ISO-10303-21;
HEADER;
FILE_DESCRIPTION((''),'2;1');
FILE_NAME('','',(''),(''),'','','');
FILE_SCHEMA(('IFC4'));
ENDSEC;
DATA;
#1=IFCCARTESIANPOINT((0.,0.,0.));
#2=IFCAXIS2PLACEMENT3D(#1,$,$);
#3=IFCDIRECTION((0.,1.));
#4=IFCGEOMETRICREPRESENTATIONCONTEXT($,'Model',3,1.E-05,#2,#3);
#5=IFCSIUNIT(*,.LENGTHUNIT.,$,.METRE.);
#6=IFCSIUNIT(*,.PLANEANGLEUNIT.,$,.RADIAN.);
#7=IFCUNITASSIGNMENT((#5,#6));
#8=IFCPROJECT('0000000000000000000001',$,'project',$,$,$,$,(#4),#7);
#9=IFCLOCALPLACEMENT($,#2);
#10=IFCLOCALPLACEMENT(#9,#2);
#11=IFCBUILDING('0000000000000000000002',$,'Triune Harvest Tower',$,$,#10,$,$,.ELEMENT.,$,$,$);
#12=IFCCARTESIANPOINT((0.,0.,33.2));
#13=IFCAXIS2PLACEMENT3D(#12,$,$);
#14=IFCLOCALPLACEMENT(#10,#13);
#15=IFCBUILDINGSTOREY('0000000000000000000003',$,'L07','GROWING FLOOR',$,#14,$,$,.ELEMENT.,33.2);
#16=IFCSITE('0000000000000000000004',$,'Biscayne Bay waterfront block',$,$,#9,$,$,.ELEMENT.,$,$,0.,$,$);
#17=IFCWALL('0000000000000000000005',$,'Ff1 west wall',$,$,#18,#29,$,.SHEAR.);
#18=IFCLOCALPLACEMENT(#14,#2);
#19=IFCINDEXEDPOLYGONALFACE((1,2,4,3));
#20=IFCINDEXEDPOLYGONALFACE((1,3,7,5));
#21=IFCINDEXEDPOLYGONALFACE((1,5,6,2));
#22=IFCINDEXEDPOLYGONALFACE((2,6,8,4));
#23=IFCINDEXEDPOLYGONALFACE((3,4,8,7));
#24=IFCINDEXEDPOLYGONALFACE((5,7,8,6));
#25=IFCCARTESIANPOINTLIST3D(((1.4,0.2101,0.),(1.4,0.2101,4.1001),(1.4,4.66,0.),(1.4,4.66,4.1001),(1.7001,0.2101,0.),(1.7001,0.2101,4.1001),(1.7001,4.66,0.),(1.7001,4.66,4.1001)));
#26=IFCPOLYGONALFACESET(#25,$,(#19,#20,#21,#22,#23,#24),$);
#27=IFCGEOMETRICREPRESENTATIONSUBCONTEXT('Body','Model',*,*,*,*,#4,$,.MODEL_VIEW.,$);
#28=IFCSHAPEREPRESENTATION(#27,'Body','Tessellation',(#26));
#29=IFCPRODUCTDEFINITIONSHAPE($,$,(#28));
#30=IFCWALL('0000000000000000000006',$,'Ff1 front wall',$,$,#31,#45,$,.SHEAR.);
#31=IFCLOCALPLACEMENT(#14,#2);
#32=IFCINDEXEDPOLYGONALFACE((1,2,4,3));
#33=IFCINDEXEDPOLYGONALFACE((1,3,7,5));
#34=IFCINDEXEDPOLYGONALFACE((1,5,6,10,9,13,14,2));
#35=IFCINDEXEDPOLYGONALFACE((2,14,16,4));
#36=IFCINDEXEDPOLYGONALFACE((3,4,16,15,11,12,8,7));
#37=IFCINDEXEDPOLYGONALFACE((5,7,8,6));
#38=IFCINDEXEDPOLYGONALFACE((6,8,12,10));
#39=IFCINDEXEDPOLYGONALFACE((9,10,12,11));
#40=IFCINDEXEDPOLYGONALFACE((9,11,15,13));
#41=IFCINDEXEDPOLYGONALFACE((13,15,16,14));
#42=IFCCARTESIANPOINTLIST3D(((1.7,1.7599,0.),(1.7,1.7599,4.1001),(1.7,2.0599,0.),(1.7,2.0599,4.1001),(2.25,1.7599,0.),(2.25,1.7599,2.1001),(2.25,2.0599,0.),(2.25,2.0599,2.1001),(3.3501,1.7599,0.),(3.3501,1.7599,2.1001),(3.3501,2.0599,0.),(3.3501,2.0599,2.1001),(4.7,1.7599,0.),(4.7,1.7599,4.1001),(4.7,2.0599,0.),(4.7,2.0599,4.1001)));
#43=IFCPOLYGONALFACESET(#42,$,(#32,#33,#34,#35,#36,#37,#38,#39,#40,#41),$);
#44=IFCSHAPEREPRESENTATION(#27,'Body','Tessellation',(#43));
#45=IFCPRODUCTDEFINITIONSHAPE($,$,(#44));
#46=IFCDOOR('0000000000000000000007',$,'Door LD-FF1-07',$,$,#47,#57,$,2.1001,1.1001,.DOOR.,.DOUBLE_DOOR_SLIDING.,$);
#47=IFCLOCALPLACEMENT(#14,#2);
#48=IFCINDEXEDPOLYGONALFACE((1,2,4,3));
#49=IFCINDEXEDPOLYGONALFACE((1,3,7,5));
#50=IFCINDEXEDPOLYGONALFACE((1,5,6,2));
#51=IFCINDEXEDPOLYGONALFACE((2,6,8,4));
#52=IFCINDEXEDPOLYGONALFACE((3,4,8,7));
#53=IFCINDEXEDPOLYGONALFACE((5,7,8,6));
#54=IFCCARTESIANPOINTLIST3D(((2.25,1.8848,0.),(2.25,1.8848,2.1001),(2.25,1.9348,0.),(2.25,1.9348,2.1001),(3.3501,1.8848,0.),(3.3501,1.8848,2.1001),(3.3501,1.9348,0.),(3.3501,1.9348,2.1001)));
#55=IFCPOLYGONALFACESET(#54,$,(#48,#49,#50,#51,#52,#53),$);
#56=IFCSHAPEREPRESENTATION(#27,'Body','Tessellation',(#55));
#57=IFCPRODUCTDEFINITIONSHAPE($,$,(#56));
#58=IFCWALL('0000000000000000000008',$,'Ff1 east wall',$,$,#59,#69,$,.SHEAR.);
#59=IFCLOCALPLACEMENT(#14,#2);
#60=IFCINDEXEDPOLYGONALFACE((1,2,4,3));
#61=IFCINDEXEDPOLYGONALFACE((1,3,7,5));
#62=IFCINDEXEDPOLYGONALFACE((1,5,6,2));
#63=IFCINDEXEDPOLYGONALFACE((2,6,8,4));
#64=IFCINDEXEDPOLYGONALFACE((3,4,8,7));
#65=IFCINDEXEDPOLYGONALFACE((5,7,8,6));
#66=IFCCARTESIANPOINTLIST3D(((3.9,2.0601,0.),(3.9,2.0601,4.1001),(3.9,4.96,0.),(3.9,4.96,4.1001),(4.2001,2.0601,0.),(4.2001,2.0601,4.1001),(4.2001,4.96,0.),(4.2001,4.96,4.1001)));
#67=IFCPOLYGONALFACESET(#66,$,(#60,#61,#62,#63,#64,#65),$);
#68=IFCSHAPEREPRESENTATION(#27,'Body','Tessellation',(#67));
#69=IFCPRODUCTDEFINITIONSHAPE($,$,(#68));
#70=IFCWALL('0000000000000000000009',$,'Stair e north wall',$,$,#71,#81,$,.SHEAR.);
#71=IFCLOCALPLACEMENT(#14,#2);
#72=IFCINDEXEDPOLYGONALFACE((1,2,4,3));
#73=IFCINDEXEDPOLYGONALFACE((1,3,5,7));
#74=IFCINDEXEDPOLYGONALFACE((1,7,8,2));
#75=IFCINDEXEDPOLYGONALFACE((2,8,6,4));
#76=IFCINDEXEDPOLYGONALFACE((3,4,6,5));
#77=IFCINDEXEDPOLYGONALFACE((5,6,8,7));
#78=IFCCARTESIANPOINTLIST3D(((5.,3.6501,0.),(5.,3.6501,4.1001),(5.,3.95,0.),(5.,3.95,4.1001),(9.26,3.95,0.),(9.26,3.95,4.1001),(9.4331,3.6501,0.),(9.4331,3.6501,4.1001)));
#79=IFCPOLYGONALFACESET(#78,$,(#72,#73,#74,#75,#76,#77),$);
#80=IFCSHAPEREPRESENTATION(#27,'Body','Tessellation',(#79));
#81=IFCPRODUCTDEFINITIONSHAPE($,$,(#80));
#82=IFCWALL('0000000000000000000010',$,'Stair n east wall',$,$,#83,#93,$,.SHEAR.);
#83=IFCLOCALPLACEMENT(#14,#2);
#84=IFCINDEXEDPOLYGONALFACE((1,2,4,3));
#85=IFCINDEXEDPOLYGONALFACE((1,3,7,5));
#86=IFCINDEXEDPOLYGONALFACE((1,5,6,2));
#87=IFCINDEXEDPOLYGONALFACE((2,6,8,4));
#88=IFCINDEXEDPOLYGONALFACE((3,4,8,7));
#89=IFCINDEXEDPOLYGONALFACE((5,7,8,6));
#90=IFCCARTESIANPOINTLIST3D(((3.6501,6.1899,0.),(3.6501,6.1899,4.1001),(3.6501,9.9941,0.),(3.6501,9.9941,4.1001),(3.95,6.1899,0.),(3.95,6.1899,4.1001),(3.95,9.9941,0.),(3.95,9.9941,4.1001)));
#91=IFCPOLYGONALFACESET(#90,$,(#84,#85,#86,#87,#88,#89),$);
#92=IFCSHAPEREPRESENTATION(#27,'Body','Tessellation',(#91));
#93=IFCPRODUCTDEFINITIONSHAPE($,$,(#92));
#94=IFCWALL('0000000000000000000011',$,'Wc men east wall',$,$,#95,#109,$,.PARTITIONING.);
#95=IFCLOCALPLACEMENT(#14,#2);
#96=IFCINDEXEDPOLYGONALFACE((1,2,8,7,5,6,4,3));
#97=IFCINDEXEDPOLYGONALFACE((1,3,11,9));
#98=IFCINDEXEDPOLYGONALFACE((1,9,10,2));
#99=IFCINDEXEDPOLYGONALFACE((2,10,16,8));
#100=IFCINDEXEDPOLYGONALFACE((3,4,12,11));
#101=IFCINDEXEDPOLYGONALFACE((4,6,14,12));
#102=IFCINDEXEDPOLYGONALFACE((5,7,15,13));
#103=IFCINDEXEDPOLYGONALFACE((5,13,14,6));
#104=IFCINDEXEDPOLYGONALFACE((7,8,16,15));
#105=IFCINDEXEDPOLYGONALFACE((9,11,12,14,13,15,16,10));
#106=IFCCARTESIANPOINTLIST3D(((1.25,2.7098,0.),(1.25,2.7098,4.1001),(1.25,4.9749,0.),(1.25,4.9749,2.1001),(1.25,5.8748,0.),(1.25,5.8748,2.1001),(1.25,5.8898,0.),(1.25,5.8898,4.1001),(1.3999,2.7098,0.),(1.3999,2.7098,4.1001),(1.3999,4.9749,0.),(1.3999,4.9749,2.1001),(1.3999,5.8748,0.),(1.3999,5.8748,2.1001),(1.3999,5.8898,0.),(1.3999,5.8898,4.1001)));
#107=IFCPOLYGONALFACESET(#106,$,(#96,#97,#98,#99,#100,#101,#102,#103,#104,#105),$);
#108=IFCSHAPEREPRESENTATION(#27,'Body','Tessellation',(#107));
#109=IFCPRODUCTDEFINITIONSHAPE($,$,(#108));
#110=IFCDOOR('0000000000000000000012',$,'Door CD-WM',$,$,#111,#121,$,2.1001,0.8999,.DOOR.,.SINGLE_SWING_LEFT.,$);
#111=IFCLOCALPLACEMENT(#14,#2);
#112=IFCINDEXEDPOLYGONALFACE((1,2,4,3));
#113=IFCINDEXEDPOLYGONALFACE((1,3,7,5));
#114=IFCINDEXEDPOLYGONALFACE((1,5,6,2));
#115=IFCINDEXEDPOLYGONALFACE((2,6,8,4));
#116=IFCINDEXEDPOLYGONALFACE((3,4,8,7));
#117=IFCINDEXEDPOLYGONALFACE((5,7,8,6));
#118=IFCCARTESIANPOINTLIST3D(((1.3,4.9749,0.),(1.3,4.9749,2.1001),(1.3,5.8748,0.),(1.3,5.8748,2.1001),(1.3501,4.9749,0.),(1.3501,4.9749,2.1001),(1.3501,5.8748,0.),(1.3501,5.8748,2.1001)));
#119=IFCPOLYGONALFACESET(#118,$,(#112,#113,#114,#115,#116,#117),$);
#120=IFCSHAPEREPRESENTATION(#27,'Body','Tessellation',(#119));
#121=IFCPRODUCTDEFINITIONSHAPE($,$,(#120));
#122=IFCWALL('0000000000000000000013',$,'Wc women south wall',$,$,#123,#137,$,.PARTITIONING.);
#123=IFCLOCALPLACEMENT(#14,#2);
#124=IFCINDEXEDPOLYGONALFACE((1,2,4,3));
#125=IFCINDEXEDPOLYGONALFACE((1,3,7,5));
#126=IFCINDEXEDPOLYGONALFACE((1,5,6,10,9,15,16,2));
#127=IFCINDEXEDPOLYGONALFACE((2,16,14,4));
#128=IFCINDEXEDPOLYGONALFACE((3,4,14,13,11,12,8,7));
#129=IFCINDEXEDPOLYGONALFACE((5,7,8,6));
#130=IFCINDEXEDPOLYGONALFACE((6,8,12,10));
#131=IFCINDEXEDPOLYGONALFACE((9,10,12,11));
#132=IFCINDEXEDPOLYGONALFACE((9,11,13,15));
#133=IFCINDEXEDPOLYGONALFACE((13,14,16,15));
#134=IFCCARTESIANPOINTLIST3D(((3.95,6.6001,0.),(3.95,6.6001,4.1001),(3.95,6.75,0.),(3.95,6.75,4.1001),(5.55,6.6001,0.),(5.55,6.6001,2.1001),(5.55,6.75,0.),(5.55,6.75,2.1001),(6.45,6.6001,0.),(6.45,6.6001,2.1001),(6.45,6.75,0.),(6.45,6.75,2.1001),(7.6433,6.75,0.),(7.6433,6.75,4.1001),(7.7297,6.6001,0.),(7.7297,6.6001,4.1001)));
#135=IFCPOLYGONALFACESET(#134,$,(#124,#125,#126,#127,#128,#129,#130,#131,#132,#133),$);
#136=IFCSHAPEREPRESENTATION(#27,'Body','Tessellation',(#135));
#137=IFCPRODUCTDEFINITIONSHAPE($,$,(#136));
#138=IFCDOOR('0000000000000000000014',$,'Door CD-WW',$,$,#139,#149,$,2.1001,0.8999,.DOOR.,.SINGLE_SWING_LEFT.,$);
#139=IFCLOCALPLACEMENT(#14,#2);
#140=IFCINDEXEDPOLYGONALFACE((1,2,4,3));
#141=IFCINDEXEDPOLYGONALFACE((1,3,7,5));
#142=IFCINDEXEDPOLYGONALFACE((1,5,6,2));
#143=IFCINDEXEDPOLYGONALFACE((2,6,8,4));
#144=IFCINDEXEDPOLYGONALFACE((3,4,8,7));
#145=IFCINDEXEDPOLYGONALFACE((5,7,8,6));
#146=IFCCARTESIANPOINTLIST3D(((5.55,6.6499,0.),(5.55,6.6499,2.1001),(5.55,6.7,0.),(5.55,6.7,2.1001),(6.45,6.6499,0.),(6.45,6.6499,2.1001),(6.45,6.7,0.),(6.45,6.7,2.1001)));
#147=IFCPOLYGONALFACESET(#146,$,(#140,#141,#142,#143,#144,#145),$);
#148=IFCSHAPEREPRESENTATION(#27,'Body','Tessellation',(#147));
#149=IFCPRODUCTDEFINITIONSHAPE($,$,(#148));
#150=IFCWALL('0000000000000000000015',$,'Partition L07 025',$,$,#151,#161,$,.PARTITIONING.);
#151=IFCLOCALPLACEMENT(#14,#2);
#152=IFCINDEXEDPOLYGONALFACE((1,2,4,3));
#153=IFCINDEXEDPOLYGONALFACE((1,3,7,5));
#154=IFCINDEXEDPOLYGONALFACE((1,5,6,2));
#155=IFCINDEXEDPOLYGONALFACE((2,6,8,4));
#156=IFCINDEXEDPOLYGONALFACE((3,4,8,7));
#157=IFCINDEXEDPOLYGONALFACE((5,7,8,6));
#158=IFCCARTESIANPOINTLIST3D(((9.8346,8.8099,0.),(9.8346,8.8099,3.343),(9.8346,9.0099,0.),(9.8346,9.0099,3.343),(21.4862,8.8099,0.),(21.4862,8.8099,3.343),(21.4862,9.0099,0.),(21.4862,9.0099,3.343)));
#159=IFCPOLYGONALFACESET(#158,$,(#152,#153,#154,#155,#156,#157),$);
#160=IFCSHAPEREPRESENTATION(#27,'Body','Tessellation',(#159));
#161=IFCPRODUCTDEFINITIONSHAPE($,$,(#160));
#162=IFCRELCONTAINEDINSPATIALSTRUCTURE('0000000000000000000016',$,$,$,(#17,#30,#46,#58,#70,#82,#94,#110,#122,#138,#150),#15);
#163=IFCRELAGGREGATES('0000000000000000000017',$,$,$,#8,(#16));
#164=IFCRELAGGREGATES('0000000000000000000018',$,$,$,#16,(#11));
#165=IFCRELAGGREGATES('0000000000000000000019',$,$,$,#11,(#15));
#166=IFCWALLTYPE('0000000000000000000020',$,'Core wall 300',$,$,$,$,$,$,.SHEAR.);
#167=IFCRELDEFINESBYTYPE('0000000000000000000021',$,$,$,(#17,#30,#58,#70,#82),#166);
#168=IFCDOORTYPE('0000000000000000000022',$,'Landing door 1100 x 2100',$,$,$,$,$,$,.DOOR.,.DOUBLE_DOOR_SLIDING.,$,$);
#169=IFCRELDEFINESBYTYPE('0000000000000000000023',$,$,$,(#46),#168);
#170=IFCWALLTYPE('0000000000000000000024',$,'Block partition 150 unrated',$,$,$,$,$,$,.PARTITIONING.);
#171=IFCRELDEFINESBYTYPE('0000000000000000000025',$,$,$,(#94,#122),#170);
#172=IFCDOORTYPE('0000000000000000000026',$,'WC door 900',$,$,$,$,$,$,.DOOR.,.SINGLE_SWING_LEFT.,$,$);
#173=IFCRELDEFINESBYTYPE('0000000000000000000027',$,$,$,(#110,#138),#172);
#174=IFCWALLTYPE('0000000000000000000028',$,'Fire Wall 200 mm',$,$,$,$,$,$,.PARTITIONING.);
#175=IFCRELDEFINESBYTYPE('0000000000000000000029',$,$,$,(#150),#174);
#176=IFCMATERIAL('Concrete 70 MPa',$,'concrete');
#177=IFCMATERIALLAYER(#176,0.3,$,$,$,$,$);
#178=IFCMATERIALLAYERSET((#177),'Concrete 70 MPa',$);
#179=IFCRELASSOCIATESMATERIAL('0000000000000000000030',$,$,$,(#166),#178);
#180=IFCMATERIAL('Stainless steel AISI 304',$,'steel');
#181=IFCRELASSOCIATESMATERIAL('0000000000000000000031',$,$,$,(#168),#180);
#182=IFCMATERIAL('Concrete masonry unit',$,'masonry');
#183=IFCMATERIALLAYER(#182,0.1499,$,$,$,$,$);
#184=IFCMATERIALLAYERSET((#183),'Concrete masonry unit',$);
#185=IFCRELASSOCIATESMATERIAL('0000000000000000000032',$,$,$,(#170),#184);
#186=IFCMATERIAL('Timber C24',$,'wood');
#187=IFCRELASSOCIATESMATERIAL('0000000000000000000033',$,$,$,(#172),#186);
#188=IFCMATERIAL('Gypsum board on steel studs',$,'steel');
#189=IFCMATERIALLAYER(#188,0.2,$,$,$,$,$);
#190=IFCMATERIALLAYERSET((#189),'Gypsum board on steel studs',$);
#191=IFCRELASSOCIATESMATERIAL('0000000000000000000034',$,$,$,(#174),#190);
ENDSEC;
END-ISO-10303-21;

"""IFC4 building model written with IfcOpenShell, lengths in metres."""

from ifc_helpers import new_model, si_unit, direction, frame, frame_2d, origin, place, context, subcontext, project, spatial, polyline, rectangle, outline, extrude, source, transform, mapped, material, layer, layer_set, type_object, element, fill, save


model = new_model("IFC4")

# Units and contexts
model_context = context("Model", 3, precision=1e-05, world=origin(), true_north=direction((0.0, 1.0)))
body_context = subcontext(model_context, "Body", "Model", "MODEL_VIEW")
ifc_project = project(units=[si_unit("LENGTHUNIT", "METRE"), si_unit("PLANEANGLEUNIT", "RADIAN")], contexts=[model_context])

# Site, building, storey
site_placement = place(None, origin())
site = spatial("IfcSite", under=ifc_project, at=site_placement, Name="Biscayne Bay waterfront block", CompositionType="ELEMENT", RefElevation=0.0)
building_placement = place(site_placement, origin())
building = spatial("IfcBuilding", under=site, at=building_placement, Name="Triune Harvest Tower", CompositionType="ELEMENT")
storey_placement = place(building_placement, frame((0.0, 0.0, 33.2)))
storey = spatial("IfcBuildingStorey", under=building, at=storey_placement, Name="L07", Description="GROWING FLOOR", CompositionType="ELEMENT", Elevation=33.2)

# Wall
ifc_material_1 = material(Name="Concrete 70 MPa", Category="concrete")
ifc_layer_1 = layer(ifc_material_1, 0.3)
ifc_layer_set_1 = layer_set([ifc_layer_1], Name="Concrete 70 MPa")
wall_type_1 = type_object("IfcWallType", Name="Core wall 300", PredefinedType="SHEAR", material=ifc_layer_set_1)
shared_shape_1 = source(origin(), body_context, "Body", "SweptSolid", [
    extrude(rectangle(XDim=4.45, YDim=0.3, at=frame_2d((2.2251, 0.0))), origin(), (0.0, 0.0, 1.0), 4.1001),
])
wall_1_placement = place(storey_placement, frame((1.55, 0.21, 0.0), z_axis=(0.0, 0.0, 1.0), x_axis=(0.0, 1.0, 0.0)))
element("IfcWall", 1, at=wall_1_placement, inside=storey, type_object=wall_type_1, Name="Ff1 west wall", PredefinedType="SHEAR", context=body_context, shape_type="MappedRepresentation", body=[
    mapped(shared_shape_1, transform((0.0, 0.0, 0.0), scale=1.0)),
])

# Wall, opening, door
shared_shape_2 = source(origin(), body_context, "Body", "SweptSolid", [
    extrude(rectangle(XDim=3.0, YDim=0.3, at=frame_2d((1.5, 0.0))), origin(), (0.0, 0.0, 1.0), 4.1001),
])
wall_2_placement = place(storey_placement, frame((1.7, 1.9099, 0.0), z_axis=(0.0, 0.0, 1.0), x_axis=(1.0, 0.0, 0.0)))
wall_2 = element("IfcWall", 2, at=wall_2_placement, inside=storey, type_object=wall_type_1, Name="Ff1 front wall", PredefinedType="SHEAR", context=body_context, shape_type="MappedRepresentation", body=[
    mapped(shared_shape_2, transform((0.0, 0.0, 0.0), scale=1.0)),
])
opening_1_placement = place(wall_2_placement, frame((0.55, 0.0, 0.0)))
opening_1 = element("IfcOpeningElement", 3, at=opening_1_placement, cuts=wall_2, PredefinedType="OPENING", context=body_context, shape_type="SweptSolid", body=[
    extrude(rectangle(XDim=1.1001, YDim=2.1001, at=frame_2d((0.55, 1.05))), frame((0.0, 0.1602, 0.0), z_axis=(0.0, -1.0, 0.0), x_axis=(1.0, 0.0, 0.0)), (0.0, 0.0, 1.0), 0.3201),
])
ifc_material_2 = material(Name="Stainless steel AISI 304", Category="steel")
door_type_1 = type_object("IfcDoorType", Name="Landing door 1100 x 2100", OperationType="DOUBLE_DOOR_SLIDING", PredefinedType="DOOR", material=ifc_material_2)
door_1_placement = place(opening_1_placement, origin())
door_1 = element("IfcDoor", 4, at=door_1_placement, inside=storey, type_object=door_type_1, Name="Door LD-FF1-07", OperationType="DOUBLE_DOOR_SLIDING", OverallHeight=2.1001, OverallWidth=1.1001, PredefinedType="DOOR", context=body_context, shape_type="SweptSolid", body=[
    extrude(rectangle(XDim=1.1001, YDim=2.1001, at=frame_2d((0.55, 1.05))), frame((0.0, 0.0249, 0.0), z_axis=(0.0, -1.0, 0.0), x_axis=(1.0, 0.0, 0.0)), (0.0, 0.0, 1.0), 0.05),
])
fill(opening_1, door_1)

# Walls
shared_shape_3 = source(origin(), body_context, "Body", "SweptSolid", [
    extrude(rectangle(XDim=2.8999, YDim=0.3, at=frame_2d((1.45, 0.0))), origin(), (0.0, 0.0, 1.0), 4.1001),
])
wall_3_placement = place(storey_placement, frame((4.05, 2.0601, 0.0), z_axis=(0.0, 0.0, 1.0), x_axis=(0.0, 1.0, 0.0)))
element("IfcWall", 5, at=wall_3_placement, inside=storey, type_object=wall_type_1, Name="Ff1 east wall", PredefinedType="SHEAR", context=body_context, shape_type="MappedRepresentation", body=[
    mapped(shared_shape_3, transform((0.0, 0.0, 0.0), scale=1.0)),
])
shared_shape_4 = source(origin(), body_context, "Body", "SweptSolid", [
    extrude(outline(polyline([(0.0, -0.1499), (0.0, 0.1499), (4.26, 0.1499), (4.4331, -0.1499), (0.0, -0.1499)])), origin(), (0.0, 0.0, 1.0), 4.1001),
])
wall_4_placement = place(storey_placement, frame((5.0, 3.8, 0.0), z_axis=(0.0, 0.0, 1.0), x_axis=(1.0, 0.0, 0.0)))
element("IfcWall", 6, at=wall_4_placement, inside=storey, type_object=wall_type_1, Name="Stair e north wall", PredefinedType="SHEAR", context=body_context, shape_type="MappedRepresentation", body=[
    mapped(shared_shape_4, transform((0.0, 0.0, 0.0), scale=1.0)),
])
shared_shape_5 = source(origin(), body_context, "Body", "SweptSolid", [
    extrude(outline(polyline([(0.0, -0.1499), (0.0, 0.1499), (3.8042, 0.1499), (3.8042, -0.1499), (0.0, -0.1499)])), origin(), (0.0, 0.0, 1.0), 4.1001),
])
wall_5_placement = place(storey_placement, frame((3.8, 6.1899, 0.0), z_axis=(0.0, 0.0, 1.0), x_axis=(0.0, 1.0, 0.0)))
element("IfcWall", 7, at=wall_5_placement, inside=storey, type_object=wall_type_1, Name="Stair n east wall", PredefinedType="SHEAR", context=body_context, shape_type="MappedRepresentation", body=[
    mapped(shared_shape_5, transform((0.0, 0.0, 0.0), scale=1.0)),
])

# Walls, openings, doors
ifc_material_3 = material(Name="Concrete masonry unit", Category="masonry")
ifc_layer_2 = layer(ifc_material_3, 0.1499)
ifc_layer_set_2 = layer_set([ifc_layer_2], Name="Concrete masonry unit")
wall_type_2 = type_object("IfcWallType", Name="Block partition 150 unrated", PredefinedType="PARTITIONING", material=ifc_layer_set_2)
shared_shape_6 = source(origin(), body_context, "Body", "SweptSolid", [
    extrude(rectangle(XDim=3.1799, YDim=0.1499, at=frame_2d((1.5898, 0.0))), origin(), (0.0, 0.0, 1.0), 4.1001),
])
wall_6_placement = place(storey_placement, frame((1.325, 2.71, 0.0), z_axis=(0.0, 0.0, 1.0), x_axis=(0.0, 1.0, 0.0)))
wall_6 = element("IfcWall", 8, at=wall_6_placement, inside=storey, type_object=wall_type_2, Name="Wc men east wall", PredefinedType="PARTITIONING", context=body_context, shape_type="MappedRepresentation", body=[
    mapped(shared_shape_6, transform((0.0, 0.0, 0.0), scale=1.0)),
])
opening_2_placement = place(wall_6_placement, frame((2.2649, 0.0, 0.0)))
opening_2 = element("IfcOpeningElement", 9, at=opening_2_placement, cuts=wall_6, PredefinedType="OPENING", context=body_context, shape_type="SweptSolid", body=[
    extrude(rectangle(XDim=0.8999, YDim=2.1001, at=frame_2d((0.45, 1.05))), frame((0.0, 0.085, 0.0), z_axis=(0.0, -1.0, 0.0), x_axis=(1.0, 0.0, 0.0)), (0.0, 0.0, 1.0), 0.1699),
])
ifc_material_4 = material(Name="Timber C24", Category="wood")
door_type_2 = type_object("IfcDoorType", Name="WC door 900", OperationType="SINGLE_SWING_LEFT", PredefinedType="DOOR", material=ifc_material_4)
door_2_placement = place(opening_2_placement, origin())
door_2 = element("IfcDoor", 10, at=door_2_placement, inside=storey, type_object=door_type_2, Name="Door CD-WM", OperationType="SINGLE_SWING_LEFT", OverallHeight=2.1001, OverallWidth=0.8999, PredefinedType="DOOR", context=body_context, shape_type="SweptSolid", body=[
    extrude(rectangle(XDim=0.8999, YDim=2.1001, at=frame_2d((0.45, 1.05))), frame((0.0, 0.0249, 0.0), z_axis=(0.0, -1.0, 0.0), x_axis=(1.0, 0.0, 0.0)), (0.0, 0.0, 1.0), 0.05),
])
fill(opening_2, door_2)
shared_shape_7 = source(origin(), body_context, "Body", "SweptSolid", [
    extrude(outline(polyline([(0.0, -0.075), (0.0, 0.075), (3.6934, 0.075), (3.7798, -0.075), (0.0, -0.075)])), origin(), (0.0, 0.0, 1.0), 4.1001),
])
wall_7_placement = place(storey_placement, frame((3.95, 6.675, 0.0), z_axis=(0.0, 0.0, 1.0), x_axis=(1.0, 0.0, 0.0)))
wall_7 = element("IfcWall", 11, at=wall_7_placement, inside=storey, type_object=wall_type_2, Name="Wc women south wall", PredefinedType="PARTITIONING", context=body_context, shape_type="MappedRepresentation", body=[
    mapped(shared_shape_7, transform((0.0, 0.0, 0.0), scale=1.0)),
])
opening_3_placement = place(wall_7_placement, frame((1.6001, 0.0, 0.0)))
opening_3 = element("IfcOpeningElement", 12, at=opening_3_placement, cuts=wall_7, PredefinedType="OPENING", context=body_context, shape_type="SweptSolid", body=[
    extrude(rectangle(XDim=0.8999, YDim=2.1001, at=frame_2d((0.45, 1.05))), frame((0.0, 0.085, 0.0), z_axis=(0.0, -1.0, 0.0), x_axis=(1.0, 0.0, 0.0)), (0.0, 0.0, 1.0), 0.1699),
])
door_3_placement = place(opening_3_placement, origin())
door_3 = element("IfcDoor", 13, at=door_3_placement, inside=storey, type_object=door_type_2, Name="Door CD-WW", OperationType="SINGLE_SWING_LEFT", OverallHeight=2.1001, OverallWidth=0.8999, PredefinedType="DOOR", context=body_context, shape_type="SweptSolid", body=[
    extrude(rectangle(XDim=0.8999, YDim=2.1001, at=frame_2d((0.45, 1.05))), frame((0.0, 0.0249, 0.0), z_axis=(0.0, -1.0, 0.0), x_axis=(1.0, 0.0, 0.0)), (0.0, 0.0, 1.0), 0.05),
])
fill(opening_3, door_3)

# Wall
ifc_material_5 = material(Name="Gypsum board on steel studs", Category="steel")
ifc_layer_3 = layer(ifc_material_5, 0.2)
ifc_layer_set_3 = layer_set([ifc_layer_3], Name="Gypsum board on steel studs")
wall_type_3 = type_object("IfcWallType", Name="Fire Wall 200 mm", PredefinedType="PARTITIONING", material=ifc_layer_set_3)
shared_shape_8 = source(origin(), body_context, "Body", "SweptSolid", [
    extrude(rectangle(XDim=11.6516, YDim=0.2, at=frame_2d((5.8257, 0.0))), origin(), (0.0, 0.0, 1.0), 3.343),
])
wall_8_placement = place(storey_placement, frame((9.8347, 8.9099, 0.0), z_axis=(0.0, 0.0, 1.0), x_axis=(1.0, 0.0, 0.0)))
element("IfcWall", 14, at=wall_8_placement, inside=storey, type_object=wall_type_3, Name="Partition L07 025", PredefinedType="PARTITIONING", context=body_context, shape_type="MappedRepresentation", body=[
    mapped(shared_shape_8, transform((0.0, 0.0, 0.0), scale=1.0)),
])

save(model, "model.ifc")
